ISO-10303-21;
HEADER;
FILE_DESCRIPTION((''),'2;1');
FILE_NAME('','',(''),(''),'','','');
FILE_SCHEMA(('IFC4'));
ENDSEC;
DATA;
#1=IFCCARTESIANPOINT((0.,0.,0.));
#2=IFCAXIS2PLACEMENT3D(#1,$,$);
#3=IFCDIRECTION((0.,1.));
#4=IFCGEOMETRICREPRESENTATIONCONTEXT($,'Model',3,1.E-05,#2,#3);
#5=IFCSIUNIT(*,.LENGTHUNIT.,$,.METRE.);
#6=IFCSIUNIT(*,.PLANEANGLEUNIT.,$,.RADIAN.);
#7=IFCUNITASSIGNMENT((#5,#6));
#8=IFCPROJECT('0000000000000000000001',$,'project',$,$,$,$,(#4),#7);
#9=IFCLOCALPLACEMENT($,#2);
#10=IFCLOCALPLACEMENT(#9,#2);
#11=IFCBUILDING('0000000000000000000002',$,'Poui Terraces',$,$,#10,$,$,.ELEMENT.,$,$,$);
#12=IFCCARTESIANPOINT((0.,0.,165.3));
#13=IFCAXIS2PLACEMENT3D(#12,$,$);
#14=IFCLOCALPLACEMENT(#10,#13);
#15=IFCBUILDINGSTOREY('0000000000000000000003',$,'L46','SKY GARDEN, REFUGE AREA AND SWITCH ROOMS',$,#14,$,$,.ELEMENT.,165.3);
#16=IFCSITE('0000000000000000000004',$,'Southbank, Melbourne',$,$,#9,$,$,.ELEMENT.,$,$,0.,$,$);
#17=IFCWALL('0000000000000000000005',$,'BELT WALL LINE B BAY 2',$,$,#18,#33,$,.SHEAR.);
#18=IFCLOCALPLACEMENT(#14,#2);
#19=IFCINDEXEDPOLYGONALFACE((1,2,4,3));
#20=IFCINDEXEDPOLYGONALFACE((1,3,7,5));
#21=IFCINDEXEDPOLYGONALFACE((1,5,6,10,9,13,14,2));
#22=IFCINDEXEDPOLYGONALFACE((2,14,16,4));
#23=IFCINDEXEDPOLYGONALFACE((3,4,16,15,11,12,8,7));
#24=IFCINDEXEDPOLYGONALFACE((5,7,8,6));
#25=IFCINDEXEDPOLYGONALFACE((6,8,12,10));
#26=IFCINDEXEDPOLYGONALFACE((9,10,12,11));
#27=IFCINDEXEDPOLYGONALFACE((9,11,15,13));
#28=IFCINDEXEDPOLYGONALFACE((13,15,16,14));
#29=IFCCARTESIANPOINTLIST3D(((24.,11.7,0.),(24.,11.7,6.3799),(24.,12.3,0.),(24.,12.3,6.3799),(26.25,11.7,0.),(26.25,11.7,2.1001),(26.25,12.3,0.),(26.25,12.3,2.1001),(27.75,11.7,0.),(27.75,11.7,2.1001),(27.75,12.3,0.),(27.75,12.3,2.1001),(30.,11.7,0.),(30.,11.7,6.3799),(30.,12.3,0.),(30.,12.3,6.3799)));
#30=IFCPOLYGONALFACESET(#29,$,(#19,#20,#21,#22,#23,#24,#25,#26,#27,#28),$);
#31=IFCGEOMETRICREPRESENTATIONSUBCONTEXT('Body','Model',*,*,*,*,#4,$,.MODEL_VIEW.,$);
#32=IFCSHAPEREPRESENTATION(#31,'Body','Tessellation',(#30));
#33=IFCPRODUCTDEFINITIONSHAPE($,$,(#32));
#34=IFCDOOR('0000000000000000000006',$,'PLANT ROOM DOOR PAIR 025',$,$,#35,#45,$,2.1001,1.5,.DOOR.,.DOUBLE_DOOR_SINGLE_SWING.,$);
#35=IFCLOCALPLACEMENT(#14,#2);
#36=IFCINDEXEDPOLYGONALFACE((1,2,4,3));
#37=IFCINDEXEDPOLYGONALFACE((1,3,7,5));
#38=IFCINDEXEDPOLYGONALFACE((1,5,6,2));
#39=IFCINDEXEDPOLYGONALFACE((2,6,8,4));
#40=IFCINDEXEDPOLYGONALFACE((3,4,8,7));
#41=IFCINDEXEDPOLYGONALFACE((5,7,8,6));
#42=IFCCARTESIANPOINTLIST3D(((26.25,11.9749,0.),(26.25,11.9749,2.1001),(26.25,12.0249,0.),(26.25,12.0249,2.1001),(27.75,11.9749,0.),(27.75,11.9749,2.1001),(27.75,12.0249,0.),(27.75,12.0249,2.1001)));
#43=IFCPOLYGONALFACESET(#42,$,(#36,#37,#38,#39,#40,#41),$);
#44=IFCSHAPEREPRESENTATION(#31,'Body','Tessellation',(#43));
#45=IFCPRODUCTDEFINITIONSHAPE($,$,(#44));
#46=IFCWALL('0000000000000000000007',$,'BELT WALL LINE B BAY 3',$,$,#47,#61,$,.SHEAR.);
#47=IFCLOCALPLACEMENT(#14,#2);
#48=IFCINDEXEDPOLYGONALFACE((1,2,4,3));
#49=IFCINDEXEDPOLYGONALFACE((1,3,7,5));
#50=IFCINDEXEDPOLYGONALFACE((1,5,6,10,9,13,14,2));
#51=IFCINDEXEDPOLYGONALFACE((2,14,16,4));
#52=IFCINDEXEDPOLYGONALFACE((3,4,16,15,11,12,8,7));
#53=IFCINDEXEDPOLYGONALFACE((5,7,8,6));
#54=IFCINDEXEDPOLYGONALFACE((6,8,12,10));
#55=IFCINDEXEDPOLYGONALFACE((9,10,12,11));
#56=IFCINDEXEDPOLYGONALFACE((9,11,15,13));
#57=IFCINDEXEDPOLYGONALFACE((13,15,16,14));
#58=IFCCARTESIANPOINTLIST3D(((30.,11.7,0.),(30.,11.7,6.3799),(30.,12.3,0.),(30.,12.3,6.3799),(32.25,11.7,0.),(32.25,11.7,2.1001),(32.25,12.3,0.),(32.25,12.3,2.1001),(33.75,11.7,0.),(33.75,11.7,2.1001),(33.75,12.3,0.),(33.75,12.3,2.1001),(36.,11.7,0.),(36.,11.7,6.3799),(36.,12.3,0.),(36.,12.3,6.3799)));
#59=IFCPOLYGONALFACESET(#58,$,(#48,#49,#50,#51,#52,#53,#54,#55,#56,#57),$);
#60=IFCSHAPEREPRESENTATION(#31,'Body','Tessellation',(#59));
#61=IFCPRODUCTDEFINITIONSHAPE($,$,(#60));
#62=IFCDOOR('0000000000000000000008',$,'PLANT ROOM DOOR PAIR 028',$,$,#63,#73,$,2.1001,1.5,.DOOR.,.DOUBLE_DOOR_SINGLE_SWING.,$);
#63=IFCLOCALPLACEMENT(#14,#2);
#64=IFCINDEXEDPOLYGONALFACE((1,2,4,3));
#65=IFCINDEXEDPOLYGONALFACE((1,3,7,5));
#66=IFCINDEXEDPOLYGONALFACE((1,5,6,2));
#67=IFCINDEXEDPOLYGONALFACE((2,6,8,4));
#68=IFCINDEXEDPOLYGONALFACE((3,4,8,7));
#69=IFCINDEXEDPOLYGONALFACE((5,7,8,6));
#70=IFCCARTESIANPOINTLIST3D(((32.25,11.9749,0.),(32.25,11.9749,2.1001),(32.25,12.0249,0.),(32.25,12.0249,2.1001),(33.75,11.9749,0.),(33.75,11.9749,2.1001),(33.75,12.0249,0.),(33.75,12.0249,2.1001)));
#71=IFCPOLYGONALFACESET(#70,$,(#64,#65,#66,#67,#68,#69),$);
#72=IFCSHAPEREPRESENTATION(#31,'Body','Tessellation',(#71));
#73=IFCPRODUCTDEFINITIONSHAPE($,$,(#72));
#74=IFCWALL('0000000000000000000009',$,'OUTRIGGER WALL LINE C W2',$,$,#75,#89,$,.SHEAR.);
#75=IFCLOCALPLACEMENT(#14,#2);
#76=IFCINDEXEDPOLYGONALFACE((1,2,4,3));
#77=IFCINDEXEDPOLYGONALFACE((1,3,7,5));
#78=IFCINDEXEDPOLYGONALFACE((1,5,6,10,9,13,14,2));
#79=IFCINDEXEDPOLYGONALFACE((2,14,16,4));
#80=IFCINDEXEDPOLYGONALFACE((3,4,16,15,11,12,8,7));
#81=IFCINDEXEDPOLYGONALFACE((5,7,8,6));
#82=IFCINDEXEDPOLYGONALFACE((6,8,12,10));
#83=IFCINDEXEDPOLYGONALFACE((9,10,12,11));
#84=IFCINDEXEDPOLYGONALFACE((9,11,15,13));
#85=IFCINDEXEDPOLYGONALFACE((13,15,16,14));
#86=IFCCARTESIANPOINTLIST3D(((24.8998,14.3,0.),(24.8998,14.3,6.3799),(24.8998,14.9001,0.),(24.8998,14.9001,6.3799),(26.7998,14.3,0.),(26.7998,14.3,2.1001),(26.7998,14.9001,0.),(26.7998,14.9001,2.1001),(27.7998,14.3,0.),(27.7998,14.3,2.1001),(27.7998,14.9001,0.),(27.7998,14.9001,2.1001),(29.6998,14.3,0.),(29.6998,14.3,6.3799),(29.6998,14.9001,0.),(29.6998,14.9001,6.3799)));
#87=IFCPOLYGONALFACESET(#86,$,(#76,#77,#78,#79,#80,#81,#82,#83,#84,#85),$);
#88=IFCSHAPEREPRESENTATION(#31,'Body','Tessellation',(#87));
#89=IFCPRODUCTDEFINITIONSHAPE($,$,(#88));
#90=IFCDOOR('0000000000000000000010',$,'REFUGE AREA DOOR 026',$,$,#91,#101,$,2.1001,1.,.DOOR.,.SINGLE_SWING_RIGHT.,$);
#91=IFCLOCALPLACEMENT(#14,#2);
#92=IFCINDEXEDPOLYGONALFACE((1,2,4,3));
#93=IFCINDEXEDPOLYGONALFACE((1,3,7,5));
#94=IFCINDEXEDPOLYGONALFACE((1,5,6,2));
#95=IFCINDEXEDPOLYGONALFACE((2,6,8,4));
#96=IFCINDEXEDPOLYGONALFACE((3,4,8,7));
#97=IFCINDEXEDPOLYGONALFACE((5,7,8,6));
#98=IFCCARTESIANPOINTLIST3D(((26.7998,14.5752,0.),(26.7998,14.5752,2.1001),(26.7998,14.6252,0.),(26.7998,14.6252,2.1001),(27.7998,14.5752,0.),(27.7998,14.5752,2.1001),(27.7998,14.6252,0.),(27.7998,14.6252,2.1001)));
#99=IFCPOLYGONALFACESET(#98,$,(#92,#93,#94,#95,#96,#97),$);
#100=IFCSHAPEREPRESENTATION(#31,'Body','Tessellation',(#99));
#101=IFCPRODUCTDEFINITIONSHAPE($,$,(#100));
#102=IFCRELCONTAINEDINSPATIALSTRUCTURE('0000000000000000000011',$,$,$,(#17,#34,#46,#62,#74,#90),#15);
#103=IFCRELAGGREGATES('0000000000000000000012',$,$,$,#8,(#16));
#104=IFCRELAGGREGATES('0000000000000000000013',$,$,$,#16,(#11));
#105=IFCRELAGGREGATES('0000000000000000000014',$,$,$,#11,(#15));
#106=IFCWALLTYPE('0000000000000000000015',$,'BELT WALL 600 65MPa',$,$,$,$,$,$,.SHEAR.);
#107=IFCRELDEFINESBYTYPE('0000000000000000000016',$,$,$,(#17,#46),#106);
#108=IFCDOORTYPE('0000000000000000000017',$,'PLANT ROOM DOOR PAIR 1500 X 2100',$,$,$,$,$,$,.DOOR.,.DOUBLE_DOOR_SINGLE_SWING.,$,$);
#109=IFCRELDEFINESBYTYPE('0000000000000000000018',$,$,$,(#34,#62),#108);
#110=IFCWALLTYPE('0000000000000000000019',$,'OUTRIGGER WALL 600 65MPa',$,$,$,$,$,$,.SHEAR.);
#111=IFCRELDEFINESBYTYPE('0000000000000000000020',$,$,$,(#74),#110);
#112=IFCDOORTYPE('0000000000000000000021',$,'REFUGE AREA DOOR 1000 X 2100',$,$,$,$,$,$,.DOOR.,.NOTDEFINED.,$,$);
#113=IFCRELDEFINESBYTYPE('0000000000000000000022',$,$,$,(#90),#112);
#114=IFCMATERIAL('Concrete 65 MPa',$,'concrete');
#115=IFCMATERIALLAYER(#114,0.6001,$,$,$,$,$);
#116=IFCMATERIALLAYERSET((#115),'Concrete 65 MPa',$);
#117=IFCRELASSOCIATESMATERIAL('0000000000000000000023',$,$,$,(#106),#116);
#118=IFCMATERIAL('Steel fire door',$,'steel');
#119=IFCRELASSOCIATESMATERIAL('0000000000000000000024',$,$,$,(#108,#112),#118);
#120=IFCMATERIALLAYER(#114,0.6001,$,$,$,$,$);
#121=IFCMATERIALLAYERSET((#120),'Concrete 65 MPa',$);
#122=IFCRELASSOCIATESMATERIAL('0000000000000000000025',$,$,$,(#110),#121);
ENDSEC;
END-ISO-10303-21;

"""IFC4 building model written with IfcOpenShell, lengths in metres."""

from ifc_helpers import new_model, si_unit, direction, frame, frame_2d, origin, place, context, subcontext, project, spatial, rectangle, extrude, material, layer, layer_set, type_object, element, fill, save


model = new_model("IFC4")

# Units and contexts
model_context = context("Model", 3, precision=1e-05, world=origin(), true_north=direction((0.0, 1.0)))
body_context = subcontext(model_context, "Body", "Model", "MODEL_VIEW")
ifc_project = project(units=[si_unit("LENGTHUNIT", "METRE"), si_unit("PLANEANGLEUNIT", "RADIAN")], contexts=[model_context])

# Site, building, storey
site_placement = place(None, origin())
site = spatial("IfcSite", under=ifc_project, at=site_placement, Name="Southbank, Melbourne", CompositionType="ELEMENT", RefElevation=0.0)
building_placement = place(site_placement, origin())
building = spatial("IfcBuilding", under=site, at=building_placement, Name="Poui Terraces", CompositionType="ELEMENT")
storey_placement = place(building_placement, frame((0.0, 0.0, 165.3)))
storey = spatial("IfcBuildingStorey", under=building, at=storey_placement, Name="L46", Description="SKY GARDEN, REFUGE AREA AND SWITCH ROOMS", CompositionType="ELEMENT", Elevation=165.3)

# Walls, openings, doors
ifc_material_1 = material(Name="Concrete 65 MPa", Category="concrete")
ifc_layer_1 = layer(ifc_material_1, 0.6001)
ifc_layer_set_1 = layer_set([ifc_layer_1], Name="Concrete 65 MPa")
wall_type_1 = type_object("IfcWallType", Name="BELT WALL 600 65MPa", PredefinedType="SHEAR", material=ifc_layer_set_1)
wall_1_placement = place(storey_placement, frame((24.0, 12.0, 0.0), z_axis=(0.0, 0.0, 1.0), x_axis=(1.0, 0.0, 0.0)))
wall_1 = element("IfcWall", 1, at=wall_1_placement, inside=storey, type_object=wall_type_1, Name="BELT WALL LINE B BAY 2", PredefinedType="SHEAR", context=body_context, shape_type="SweptSolid", body=[
    extrude(rectangle(XDim=6.0, YDim=0.6001, at=frame_2d((3.0, 0.0))), origin(), (0.0, 0.0, 1.0), 6.3799),
])
opening_1_placement = place(wall_1_placement, frame((2.25, 0.0, 0.0)))
opening_1 = element("IfcOpeningElement", 2, at=opening_1_placement, cuts=wall_1, PredefinedType="OPENING", context=body_context, shape_type="SweptSolid", body=[
    extrude(rectangle(XDim=1.5, YDim=2.1001, at=frame_2d((0.75, 1.05))), frame((0.0, 0.3101, 0.0), z_axis=(0.0, -1.0, 0.0), x_axis=(1.0, 0.0, 0.0)), (0.0, 0.0, 1.0), 0.6201),
])
ifc_material_2 = material(Name="Steel fire door", Category="steel")
door_type_1 = type_object("IfcDoorType", Name="PLANT ROOM DOOR PAIR 1500 X 2100", OperationType="DOUBLE_DOOR_SINGLE_SWING", PredefinedType="DOOR", material=ifc_material_2)
door_1_placement = place(opening_1_placement, origin())
door_1 = element("IfcDoor", 3, at=door_1_placement, inside=storey, type_object=door_type_1, Name="PLANT ROOM DOOR PAIR 025", OperationType="DOUBLE_DOOR_SINGLE_SWING", OverallHeight=2.1001, OverallWidth=1.5, PredefinedType="DOOR", context=body_context, shape_type="SweptSolid", body=[
    extrude(rectangle(XDim=1.5, YDim=2.1001, at=frame_2d((0.75, 1.05))), frame((0.0, 0.0249, 0.0), z_axis=(0.0, -1.0, 0.0), x_axis=(1.0, 0.0, 0.0)), (0.0, 0.0, 1.0), 0.05),
])
fill(opening_1, door_1)
wall_2_placement = place(storey_placement, frame((30.0, 12.0, 0.0), z_axis=(0.0, 0.0, 1.0), x_axis=(1.0, 0.0, 0.0)))
wall_2 = element("IfcWall", 4, at=wall_2_placement, inside=storey, type_object=wall_type_1, Name="BELT WALL LINE B BAY 3", PredefinedType="SHEAR", context=body_context, shape_type="SweptSolid", body=[
    extrude(rectangle(XDim=6.0, YDim=0.6001, at=frame_2d((3.0, 0.0))), origin(), (0.0, 0.0, 1.0), 6.3799),
])
opening_2_placement = place(wall_2_placement, frame((2.25, 0.0, 0.0)))
opening_2 = element("IfcOpeningElement", 5, at=opening_2_placement, cuts=wall_2, PredefinedType="OPENING", context=body_context, shape_type="SweptSolid", body=[
    extrude(rectangle(XDim=1.5, YDim=2.1001, at=frame_2d((0.75, 1.05))), frame((0.0, 0.3101, 0.0), z_axis=(0.0, -1.0, 0.0), x_axis=(1.0, 0.0, 0.0)), (0.0, 0.0, 1.0), 0.6201),
])
door_2_placement = place(opening_2_placement, origin())
door_2 = element("IfcDoor", 6, at=door_2_placement, inside=storey, type_object=door_type_1, Name="PLANT ROOM DOOR PAIR 028", OperationType="DOUBLE_DOOR_SINGLE_SWING", OverallHeight=2.1001, OverallWidth=1.5, PredefinedType="DOOR", context=body_context, shape_type="SweptSolid", body=[
    extrude(rectangle(XDim=1.5, YDim=2.1001, at=frame_2d((0.75, 1.05))), frame((0.0, 0.0249, 0.0), z_axis=(0.0, -1.0, 0.0), x_axis=(1.0, 0.0, 0.0)), (0.0, 0.0, 1.0), 0.05),
])
fill(opening_2, door_2)
ifc_layer_2 = layer(ifc_material_1, 0.6001)
ifc_layer_set_2 = layer_set([ifc_layer_2], Name="Concrete 65 MPa")
wall_type_2 = type_object("IfcWallType", Name="OUTRIGGER WALL 600 65MPa", PredefinedType="SHEAR", material=ifc_layer_set_2)
wall_3_placement = place(storey_placement, frame((24.8999, 14.6001, 0.0), z_axis=(0.0, 0.0, 1.0), x_axis=(1.0, 0.0, 0.0)))
wall_3 = element("IfcWall", 7, at=wall_3_placement, inside=storey, type_object=wall_type_2, Name="OUTRIGGER WALL LINE C W2", PredefinedType="SHEAR", context=body_context, shape_type="SweptSolid", body=[
    extrude(rectangle(XDim=4.8, YDim=0.6001, at=frame_2d((2.3999, 0.0))), origin(), (0.0, 0.0, 1.0), 6.3799),
])
opening_3_placement = place(wall_3_placement, frame((1.8999, 0.0, 0.0)))
opening_3 = element("IfcOpeningElement", 8, at=opening_3_placement, cuts=wall_3, PredefinedType="OPENING", context=body_context, shape_type="SweptSolid", body=[
    extrude(rectangle(XDim=1.0, YDim=2.1001, at=frame_2d((0.5, 1.05))), frame((0.0, 0.3101, 0.0), z_axis=(0.0, -1.0, 0.0), x_axis=(1.0, 0.0, 0.0)), (0.0, 0.0, 1.0), 0.6201),
])
door_type_2 = type_object("IfcDoorType", Name="REFUGE AREA DOOR 1000 X 2100", OperationType="NOTDEFINED", PredefinedType="DOOR", material=ifc_material_2)
door_3_placement = place(opening_3_placement, frame((1.0, 0.0, 0.0), z_axis=(0.0, 0.0, 1.0), x_axis=(-1.0, 0.0, 0.0)))
door_3 = element("IfcDoor", 9, at=door_3_placement, inside=storey, type_object=door_type_2, Name="REFUGE AREA DOOR 026", OperationType="SINGLE_SWING_RIGHT", OverallHeight=2.1001, OverallWidth=1.0, PredefinedType="DOOR", context=body_context, shape_type="SweptSolid", body=[
    extrude(rectangle(XDim=1.0, YDim=2.1001, at=frame_2d((0.5, 1.05))), frame((0.0, 0.0249, 0.0), z_axis=(0.0, -1.0, 0.0), x_axis=(1.0, 0.0, 0.0)), (0.0, 0.0, 1.0), 0.05),
])
fill(opening_3, door_3)

save(model, "model.ifc")
